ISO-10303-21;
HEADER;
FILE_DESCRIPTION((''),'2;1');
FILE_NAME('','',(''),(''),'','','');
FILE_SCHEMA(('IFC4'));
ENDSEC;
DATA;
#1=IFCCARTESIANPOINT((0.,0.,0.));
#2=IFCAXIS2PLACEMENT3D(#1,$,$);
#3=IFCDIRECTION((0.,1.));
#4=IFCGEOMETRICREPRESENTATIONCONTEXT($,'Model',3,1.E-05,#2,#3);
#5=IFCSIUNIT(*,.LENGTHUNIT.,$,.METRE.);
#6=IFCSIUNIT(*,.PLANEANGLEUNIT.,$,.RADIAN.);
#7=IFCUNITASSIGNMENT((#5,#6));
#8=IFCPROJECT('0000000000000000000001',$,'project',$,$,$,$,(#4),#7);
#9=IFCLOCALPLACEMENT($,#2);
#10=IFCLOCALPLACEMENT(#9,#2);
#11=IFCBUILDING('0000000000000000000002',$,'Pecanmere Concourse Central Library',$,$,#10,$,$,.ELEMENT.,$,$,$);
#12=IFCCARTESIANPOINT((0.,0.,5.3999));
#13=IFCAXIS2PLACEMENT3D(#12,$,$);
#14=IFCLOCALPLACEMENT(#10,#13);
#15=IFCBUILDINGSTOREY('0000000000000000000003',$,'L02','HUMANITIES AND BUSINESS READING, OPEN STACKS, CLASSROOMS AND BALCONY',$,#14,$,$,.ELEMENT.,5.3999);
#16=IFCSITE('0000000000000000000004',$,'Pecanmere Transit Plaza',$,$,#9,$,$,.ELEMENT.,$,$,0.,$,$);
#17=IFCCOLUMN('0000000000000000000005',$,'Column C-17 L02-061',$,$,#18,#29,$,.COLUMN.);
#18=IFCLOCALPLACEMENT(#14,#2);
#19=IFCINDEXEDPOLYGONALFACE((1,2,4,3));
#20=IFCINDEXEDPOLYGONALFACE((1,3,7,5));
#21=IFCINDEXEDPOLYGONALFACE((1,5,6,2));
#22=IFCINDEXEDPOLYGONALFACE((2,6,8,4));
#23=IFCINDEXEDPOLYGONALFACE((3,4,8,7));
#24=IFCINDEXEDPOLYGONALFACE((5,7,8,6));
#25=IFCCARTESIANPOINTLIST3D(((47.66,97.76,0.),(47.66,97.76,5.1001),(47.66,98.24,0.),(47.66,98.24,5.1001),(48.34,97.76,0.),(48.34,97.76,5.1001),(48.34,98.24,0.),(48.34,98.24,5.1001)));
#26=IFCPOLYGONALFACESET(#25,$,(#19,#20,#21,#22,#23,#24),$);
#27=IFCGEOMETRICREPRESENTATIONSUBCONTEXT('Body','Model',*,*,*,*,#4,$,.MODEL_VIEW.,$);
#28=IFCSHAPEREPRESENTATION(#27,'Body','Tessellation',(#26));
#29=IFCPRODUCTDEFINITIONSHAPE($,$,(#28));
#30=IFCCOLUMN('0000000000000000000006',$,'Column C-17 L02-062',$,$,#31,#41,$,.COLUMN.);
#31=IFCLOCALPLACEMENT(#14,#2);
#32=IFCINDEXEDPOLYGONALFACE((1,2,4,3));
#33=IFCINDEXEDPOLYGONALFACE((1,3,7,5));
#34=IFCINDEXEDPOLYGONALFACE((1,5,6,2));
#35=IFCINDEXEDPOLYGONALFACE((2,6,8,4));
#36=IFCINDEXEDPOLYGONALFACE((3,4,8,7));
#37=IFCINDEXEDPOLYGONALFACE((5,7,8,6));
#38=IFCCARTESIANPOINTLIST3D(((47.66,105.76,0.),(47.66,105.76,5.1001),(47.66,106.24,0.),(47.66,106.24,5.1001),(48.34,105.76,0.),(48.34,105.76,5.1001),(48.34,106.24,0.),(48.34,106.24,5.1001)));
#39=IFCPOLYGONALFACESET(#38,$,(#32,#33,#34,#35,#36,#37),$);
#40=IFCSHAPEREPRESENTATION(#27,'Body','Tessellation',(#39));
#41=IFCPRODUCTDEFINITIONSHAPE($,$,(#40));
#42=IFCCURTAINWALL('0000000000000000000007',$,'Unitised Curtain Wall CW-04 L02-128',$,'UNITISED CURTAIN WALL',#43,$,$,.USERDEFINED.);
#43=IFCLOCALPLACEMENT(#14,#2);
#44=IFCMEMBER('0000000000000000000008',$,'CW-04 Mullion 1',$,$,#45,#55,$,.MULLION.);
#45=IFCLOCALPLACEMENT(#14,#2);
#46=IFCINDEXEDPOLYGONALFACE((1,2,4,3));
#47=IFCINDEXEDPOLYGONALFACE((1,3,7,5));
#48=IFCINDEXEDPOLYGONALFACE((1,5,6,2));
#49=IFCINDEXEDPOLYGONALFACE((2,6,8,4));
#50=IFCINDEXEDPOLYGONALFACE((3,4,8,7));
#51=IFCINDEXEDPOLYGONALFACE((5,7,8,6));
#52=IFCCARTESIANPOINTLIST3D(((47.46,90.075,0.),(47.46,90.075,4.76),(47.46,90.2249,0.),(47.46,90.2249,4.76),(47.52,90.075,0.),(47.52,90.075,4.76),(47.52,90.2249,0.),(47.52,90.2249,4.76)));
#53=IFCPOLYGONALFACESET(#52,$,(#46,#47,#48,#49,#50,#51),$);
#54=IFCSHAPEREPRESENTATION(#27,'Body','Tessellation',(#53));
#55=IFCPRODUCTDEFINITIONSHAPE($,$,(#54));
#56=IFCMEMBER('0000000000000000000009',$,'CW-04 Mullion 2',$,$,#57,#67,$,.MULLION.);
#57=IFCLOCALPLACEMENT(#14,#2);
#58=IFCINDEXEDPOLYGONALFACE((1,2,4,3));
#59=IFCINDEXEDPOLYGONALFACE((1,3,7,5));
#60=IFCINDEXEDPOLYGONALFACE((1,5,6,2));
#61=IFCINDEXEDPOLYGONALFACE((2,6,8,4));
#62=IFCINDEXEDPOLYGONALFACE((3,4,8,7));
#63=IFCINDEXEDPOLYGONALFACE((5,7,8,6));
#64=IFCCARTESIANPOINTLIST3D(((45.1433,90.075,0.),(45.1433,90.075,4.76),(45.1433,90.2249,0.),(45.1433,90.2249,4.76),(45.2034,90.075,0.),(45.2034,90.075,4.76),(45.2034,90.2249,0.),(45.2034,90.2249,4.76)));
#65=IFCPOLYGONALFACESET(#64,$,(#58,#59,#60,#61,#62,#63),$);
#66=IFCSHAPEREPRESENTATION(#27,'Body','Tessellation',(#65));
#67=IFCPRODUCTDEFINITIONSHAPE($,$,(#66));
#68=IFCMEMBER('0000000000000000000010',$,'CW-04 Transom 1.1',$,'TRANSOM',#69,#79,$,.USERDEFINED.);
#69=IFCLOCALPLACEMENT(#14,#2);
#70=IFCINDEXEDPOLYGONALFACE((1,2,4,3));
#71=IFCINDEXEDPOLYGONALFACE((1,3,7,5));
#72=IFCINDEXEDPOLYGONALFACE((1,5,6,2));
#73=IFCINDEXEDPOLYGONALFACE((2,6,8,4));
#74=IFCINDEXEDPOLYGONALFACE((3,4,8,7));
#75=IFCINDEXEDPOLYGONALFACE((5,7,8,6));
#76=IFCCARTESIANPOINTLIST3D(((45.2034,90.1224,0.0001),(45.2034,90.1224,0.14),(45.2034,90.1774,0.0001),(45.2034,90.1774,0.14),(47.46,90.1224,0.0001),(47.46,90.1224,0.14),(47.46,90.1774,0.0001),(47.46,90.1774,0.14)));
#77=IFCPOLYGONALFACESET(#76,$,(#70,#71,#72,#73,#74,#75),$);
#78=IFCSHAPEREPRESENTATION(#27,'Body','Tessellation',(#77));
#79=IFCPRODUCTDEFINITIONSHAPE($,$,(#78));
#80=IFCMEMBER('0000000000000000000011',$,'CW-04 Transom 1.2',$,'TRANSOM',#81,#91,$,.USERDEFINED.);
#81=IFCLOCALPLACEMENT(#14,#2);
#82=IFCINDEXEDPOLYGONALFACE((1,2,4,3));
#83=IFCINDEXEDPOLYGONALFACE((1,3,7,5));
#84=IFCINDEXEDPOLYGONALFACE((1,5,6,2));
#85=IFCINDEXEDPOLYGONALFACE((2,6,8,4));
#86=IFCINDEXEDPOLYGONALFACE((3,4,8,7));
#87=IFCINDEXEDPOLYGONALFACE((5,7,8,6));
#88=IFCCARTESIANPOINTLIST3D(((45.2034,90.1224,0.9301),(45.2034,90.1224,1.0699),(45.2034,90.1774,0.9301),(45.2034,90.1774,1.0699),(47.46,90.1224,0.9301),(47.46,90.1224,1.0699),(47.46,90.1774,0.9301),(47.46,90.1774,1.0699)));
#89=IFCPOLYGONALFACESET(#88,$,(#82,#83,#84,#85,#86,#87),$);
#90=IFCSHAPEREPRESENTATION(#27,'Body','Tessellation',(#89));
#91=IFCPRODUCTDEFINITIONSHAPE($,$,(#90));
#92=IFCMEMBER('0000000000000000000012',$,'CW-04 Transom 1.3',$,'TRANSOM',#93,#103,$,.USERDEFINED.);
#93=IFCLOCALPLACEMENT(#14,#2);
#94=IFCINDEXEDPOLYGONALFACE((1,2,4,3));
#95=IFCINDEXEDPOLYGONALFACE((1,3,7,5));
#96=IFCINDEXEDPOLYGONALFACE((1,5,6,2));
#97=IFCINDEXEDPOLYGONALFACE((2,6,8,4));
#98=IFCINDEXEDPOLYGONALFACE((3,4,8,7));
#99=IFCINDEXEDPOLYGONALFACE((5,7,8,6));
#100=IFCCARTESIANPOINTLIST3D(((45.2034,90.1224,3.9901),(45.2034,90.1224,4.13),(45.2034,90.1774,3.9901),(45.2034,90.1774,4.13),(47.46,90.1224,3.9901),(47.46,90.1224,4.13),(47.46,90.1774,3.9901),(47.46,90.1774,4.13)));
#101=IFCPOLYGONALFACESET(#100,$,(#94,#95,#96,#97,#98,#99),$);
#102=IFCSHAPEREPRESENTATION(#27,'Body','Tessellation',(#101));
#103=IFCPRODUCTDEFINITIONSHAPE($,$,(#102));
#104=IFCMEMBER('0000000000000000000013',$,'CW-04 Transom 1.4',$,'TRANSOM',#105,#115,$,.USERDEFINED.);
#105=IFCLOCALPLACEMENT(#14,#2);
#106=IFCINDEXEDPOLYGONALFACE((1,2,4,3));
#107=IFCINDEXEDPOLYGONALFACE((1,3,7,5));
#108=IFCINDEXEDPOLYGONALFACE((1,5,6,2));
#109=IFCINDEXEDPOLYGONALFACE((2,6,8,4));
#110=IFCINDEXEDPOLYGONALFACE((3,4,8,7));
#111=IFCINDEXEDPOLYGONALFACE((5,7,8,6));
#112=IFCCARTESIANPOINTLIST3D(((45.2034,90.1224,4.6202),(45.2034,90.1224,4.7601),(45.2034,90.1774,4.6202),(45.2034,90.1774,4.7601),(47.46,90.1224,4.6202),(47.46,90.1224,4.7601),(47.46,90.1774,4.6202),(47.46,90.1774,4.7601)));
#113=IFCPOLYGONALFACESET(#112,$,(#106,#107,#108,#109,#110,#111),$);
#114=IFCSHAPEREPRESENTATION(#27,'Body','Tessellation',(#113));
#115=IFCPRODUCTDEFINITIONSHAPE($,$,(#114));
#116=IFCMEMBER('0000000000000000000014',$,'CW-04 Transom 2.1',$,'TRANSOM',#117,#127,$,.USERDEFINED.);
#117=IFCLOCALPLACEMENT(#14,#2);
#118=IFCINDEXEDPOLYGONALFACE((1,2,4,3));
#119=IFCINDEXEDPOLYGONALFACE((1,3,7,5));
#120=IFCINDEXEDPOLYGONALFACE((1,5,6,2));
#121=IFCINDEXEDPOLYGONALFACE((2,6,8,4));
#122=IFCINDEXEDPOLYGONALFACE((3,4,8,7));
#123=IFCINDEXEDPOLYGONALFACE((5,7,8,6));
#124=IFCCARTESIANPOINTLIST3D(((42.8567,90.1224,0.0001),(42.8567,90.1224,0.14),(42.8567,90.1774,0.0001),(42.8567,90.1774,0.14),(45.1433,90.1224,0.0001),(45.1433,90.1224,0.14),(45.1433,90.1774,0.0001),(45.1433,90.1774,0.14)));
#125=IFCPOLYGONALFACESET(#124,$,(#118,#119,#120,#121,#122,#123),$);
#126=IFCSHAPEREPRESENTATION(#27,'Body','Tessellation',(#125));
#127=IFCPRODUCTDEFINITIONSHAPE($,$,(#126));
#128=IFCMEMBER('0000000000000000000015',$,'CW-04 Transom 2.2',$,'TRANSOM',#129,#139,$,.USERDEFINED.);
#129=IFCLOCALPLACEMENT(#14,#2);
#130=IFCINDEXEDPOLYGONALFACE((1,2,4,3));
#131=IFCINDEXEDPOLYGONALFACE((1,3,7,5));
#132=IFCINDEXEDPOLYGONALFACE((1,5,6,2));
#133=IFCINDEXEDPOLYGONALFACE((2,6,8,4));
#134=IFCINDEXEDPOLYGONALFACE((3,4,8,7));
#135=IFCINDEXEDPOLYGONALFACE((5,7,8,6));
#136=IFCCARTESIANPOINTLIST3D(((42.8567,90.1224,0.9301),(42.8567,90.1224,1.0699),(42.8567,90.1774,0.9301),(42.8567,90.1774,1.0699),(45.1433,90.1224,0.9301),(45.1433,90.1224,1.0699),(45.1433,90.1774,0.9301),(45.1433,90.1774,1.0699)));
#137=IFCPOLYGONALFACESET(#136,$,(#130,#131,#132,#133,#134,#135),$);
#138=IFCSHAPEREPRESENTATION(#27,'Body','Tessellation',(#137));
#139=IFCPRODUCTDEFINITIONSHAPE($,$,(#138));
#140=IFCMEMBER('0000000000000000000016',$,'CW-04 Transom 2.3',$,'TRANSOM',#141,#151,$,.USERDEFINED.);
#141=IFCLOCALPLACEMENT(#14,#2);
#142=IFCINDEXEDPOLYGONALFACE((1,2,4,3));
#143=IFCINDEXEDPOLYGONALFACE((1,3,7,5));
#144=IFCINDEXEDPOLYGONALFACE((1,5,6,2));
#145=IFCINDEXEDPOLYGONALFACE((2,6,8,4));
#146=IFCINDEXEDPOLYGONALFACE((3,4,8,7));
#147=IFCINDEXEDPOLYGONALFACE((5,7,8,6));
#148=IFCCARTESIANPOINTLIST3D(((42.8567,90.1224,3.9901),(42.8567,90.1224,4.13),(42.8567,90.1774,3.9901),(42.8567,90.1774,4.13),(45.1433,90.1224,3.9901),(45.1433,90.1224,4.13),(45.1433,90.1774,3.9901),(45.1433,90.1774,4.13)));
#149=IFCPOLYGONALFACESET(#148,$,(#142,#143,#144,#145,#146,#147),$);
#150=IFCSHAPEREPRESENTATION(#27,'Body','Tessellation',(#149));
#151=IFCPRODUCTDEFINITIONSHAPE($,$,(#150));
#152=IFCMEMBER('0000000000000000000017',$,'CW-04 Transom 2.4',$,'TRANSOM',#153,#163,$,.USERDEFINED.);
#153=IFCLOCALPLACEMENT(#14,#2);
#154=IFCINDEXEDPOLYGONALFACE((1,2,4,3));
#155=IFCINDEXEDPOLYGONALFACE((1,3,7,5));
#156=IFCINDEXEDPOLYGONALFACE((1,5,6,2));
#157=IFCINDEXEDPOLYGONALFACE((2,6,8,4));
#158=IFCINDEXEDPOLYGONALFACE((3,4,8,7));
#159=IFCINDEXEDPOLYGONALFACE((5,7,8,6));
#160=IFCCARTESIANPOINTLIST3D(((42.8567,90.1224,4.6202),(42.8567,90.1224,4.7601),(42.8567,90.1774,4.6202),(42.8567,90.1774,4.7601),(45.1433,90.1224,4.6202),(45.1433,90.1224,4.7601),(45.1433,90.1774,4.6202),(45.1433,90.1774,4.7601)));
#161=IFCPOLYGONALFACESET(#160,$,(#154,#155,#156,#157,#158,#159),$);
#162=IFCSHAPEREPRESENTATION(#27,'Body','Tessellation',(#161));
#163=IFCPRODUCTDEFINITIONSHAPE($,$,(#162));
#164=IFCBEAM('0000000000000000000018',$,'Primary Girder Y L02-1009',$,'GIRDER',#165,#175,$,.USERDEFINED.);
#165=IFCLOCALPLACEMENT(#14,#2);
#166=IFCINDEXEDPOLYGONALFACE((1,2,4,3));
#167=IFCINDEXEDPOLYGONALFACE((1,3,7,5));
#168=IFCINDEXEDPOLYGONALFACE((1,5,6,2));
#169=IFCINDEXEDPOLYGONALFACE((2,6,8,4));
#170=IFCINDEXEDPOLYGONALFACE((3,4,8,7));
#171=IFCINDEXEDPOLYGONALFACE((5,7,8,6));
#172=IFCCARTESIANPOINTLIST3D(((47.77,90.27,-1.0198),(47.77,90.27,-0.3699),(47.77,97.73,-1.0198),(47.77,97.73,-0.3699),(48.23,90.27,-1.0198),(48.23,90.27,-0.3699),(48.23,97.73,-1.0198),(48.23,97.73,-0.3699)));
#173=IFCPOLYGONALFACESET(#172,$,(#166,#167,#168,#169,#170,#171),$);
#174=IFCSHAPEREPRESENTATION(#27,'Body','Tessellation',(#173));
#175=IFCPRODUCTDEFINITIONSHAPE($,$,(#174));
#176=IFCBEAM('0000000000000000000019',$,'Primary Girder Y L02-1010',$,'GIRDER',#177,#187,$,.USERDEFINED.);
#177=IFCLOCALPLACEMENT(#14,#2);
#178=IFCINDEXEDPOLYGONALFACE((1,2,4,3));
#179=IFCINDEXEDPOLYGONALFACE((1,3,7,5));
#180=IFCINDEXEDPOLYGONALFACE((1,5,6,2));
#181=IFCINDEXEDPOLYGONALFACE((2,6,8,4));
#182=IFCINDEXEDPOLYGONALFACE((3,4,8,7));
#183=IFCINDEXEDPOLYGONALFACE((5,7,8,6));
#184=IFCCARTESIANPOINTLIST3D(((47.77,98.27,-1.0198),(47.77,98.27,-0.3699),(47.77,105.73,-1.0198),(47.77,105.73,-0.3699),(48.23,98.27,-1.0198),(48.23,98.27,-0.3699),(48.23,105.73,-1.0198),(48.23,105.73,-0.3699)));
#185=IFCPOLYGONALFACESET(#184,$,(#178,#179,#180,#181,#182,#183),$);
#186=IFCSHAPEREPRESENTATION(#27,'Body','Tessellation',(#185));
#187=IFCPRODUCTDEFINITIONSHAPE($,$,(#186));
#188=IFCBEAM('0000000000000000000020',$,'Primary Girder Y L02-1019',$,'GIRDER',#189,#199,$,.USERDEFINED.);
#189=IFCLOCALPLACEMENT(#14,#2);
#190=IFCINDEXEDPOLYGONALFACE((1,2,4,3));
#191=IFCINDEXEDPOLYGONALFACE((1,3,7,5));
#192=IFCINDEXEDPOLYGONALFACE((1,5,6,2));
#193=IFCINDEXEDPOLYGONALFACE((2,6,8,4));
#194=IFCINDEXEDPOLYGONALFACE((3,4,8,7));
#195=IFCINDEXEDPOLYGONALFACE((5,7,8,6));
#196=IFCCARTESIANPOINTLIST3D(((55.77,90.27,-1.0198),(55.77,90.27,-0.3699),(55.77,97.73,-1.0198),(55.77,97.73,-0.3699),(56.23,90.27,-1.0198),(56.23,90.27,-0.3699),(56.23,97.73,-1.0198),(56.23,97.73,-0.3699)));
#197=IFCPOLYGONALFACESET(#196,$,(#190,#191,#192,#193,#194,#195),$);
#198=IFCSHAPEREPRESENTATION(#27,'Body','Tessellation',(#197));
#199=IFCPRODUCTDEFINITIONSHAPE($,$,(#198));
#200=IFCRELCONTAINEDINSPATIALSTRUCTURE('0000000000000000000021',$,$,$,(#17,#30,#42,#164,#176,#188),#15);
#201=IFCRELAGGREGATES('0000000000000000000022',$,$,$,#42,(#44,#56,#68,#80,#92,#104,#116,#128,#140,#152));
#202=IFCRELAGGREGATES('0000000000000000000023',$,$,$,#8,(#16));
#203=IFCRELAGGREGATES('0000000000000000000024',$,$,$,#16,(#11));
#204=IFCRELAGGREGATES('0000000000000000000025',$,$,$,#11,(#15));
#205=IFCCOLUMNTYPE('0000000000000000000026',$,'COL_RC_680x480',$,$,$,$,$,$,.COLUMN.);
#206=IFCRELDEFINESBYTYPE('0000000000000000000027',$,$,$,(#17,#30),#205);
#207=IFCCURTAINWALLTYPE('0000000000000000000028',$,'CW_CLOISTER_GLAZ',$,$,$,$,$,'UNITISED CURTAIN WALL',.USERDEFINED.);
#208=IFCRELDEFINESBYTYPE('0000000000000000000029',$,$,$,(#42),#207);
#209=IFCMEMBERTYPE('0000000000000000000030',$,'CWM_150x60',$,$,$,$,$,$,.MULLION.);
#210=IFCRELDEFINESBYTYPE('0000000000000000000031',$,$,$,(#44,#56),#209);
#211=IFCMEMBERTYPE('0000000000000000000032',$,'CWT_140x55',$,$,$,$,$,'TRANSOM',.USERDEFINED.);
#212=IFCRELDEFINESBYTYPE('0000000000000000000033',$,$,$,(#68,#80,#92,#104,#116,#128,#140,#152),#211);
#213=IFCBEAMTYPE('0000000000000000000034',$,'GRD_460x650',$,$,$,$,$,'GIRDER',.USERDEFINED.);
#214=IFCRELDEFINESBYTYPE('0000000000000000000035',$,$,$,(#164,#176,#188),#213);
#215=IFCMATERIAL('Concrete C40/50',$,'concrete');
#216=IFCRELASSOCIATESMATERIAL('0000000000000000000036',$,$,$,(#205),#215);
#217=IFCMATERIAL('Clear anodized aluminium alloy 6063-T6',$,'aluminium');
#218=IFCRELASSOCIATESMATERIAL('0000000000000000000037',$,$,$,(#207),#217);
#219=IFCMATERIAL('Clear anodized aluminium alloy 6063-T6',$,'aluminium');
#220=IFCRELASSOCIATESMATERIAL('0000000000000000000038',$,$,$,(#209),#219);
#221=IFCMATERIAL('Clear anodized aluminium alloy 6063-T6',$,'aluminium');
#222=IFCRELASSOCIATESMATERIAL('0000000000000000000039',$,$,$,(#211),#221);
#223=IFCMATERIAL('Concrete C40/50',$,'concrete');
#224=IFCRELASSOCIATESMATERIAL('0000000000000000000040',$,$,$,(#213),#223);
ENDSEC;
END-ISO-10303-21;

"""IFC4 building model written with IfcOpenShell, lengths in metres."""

from ifc_helpers import new_model, si_unit, direction, frame, origin, origin_2d, place, context, subcontext, project, spatial, rectangle, extrude, material, material_profile, profile_set, type_object, element, aggregate, save


model = new_model("IFC4")

# Units and contexts
model_context = context("Model", 3, precision=1e-05, world=origin(), true_north=direction((0.0, 1.0)))
body_context = subcontext(model_context, "Body", "Model", "MODEL_VIEW")
ifc_project = project(units=[si_unit("LENGTHUNIT", "METRE"), si_unit("PLANEANGLEUNIT", "RADIAN")], contexts=[model_context])

# Site, building, storey
site_placement = place(None, origin())
site = spatial("IfcSite", under=ifc_project, at=site_placement, Name="Pecanmere Transit Plaza", CompositionType="ELEMENT", RefElevation=0.0)
building_placement = place(site_placement, origin())
building = spatial("IfcBuilding", under=site, at=building_placement, Name="Pecanmere Concourse Central Library", CompositionType="ELEMENT")
storey_placement = place(building_placement, frame((0.0, 0.0, 5.3999)))
storey = spatial("IfcBuildingStorey", under=building, at=storey_placement, Name="L02", Description="HUMANITIES AND BUSINESS READING, OPEN STACKS, CLASSROOMS AND BALCONY", CompositionType="ELEMENT", Elevation=5.3999)

# Columns
ifc_material_1 = material(Name="Concrete C40/50", Category="concrete")
ifc_material_profile_1 = material_profile(ifc_material_1, rectangle(XDim=0.6799, YDim=0.48, at=origin_2d()), Name="RC 680x480")
ifc_profile_set_1 = profile_set([ifc_material_profile_1], Name="Concrete C40/50")
column_type = type_object("IfcColumnType", Name="COL_RC_680x480", PredefinedType="COLUMN", material=ifc_profile_set_1)
for number, where, z_axis, x_axis, name in (
    (1, (48.0, 98.0, 0.0), (0.0, 0.0, 1.0), (1.0, 0.0, 0.0), "Column C-17 L02-061"),
    (2, (48.0, 106.0, 0.0), (0.0, 0.0, 1.0), (1.0, 0.0, 0.0), "Column C-17 L02-062"),
):
    element("IfcColumn", number, at=place(storey_placement, frame(where, z_axis=z_axis, x_axis=x_axis)), inside=storey, type_object=column_type, Name=name, PredefinedType="COLUMN", context=body_context, shape_type="SweptSolid", body=[
        extrude(rectangle(XDim=0.6799, YDim=0.48, at=origin_2d()), origin(), (0.0, 0.0, 1.0), 5.1001),
    ])

# Curtain wall, members
ifc_material_2 = material(Name="Clear anodized aluminium alloy 6063-T6", Category="aluminium")
curtain_wall_type = type_object("IfcCurtainWallType", Name="CW_CLOISTER_GLAZ", ElementType="UNITISED CURTAIN WALL", PredefinedType="USERDEFINED", material=ifc_material_2)
curtain_wall_placement = place(storey_placement, origin())
curtain_wall = element("IfcCurtainWall", 3, at=curtain_wall_placement, inside=storey, type_object=curtain_wall_type, Name="Unitised Curtain Wall CW-04 L02-128", ObjectType="UNITISED CURTAIN WALL", PredefinedType="USERDEFINED")
ifc_material_3 = material(Name="Clear anodized aluminium alloy 6063-T6", Category="aluminium")
ifc_material_profile_2 = material_profile(ifc_material_3, rectangle(XDim=0.0601, YDim=0.1499, at=origin_2d()), Name="AL 60x150")
ifc_profile_set_2 = profile_set([ifc_material_profile_2], Name="Clear anodized aluminium alloy 6063-T6")
member_type_1 = type_object("IfcMemberType", Name="CWM_150x60", PredefinedType="MULLION", material=ifc_profile_set_2)
member_1_placement = place(storey_placement, frame((47.49, 90.1499, 0.0), z_axis=(0.0, 0.0, 1.0), x_axis=(-1.0, 0.0, 0.0)))
member_1 = element("IfcMember", 4, at=member_1_placement, type_object=member_type_1, Name="CW-04 Mullion 1", PredefinedType="MULLION", context=body_context, shape_type="SweptSolid", body=[
    extrude(rectangle(XDim=0.0601, YDim=0.1499, at=origin_2d()), origin(), (0.0, 0.0, 1.0), 4.76),
])
member_2_placement = place(storey_placement, frame((45.1733, 90.1499, 0.0), z_axis=(0.0, 0.0, 1.0), x_axis=(-1.0, 0.0, 0.0)))
member_2 = element("IfcMember", 5, at=member_2_placement, type_object=member_type_1, Name="CW-04 Mullion 2", PredefinedType="MULLION", context=body_context, shape_type="SweptSolid", body=[
    extrude(rectangle(XDim=0.0601, YDim=0.1499, at=origin_2d()), origin(), (0.0, 0.0, 1.0), 4.76),
])
ifc_material_4 = material(Name="Clear anodized aluminium alloy 6063-T6", Category="aluminium")
ifc_material_profile_3 = material_profile(ifc_material_4, rectangle(XDim=0.0549, YDim=0.1399, at=origin_2d()), Name="AL 55x140")
ifc_profile_set_3 = profile_set([ifc_material_profile_3], Name="Clear anodized aluminium alloy 6063-T6")
member_type_2 = type_object("IfcMemberType", Name="CWT_140x55", ElementType="TRANSOM", PredefinedType="USERDEFINED", material=ifc_profile_set_3)
member_3_placement = place(storey_placement, frame((47.46, 90.1499, 0.0701), z_axis=(-1.0, 0.0, 0.0), x_axis=(0.0, -1.0, 0.0)))
member_3 = element("IfcMember", 6, at=member_3_placement, type_object=member_type_2, Name="CW-04 Transom 1.1", ObjectType="TRANSOM", PredefinedType="USERDEFINED", context=body_context, shape_type="SweptSolid", body=[
    extrude(rectangle(XDim=0.0549, YDim=0.1399, at=origin_2d()), origin(), (0.0, 0.0, 1.0), 2.2566),
])
member_4_placement = place(storey_placement, frame((47.46, 90.1499, 1.0), z_axis=(-1.0, 0.0, 0.0), x_axis=(0.0, -1.0, 0.0)))
member_4 = element("IfcMember", 7, at=member_4_placement, type_object=member_type_2, Name="CW-04 Transom 1.2", ObjectType="TRANSOM", PredefinedType="USERDEFINED", context=body_context, shape_type="SweptSolid", body=[
    extrude(rectangle(XDim=0.0549, YDim=0.1399, at=origin_2d()), origin(), (0.0, 0.0, 1.0), 2.2566),
])
member_5_placement = place(storey_placement, frame((47.46, 90.1499, 4.0601), z_axis=(-1.0, 0.0, 0.0), x_axis=(0.0, -1.0, 0.0)))
member_5 = element("IfcMember", 8, at=member_5_placement, type_object=member_type_2, Name="CW-04 Transom 1.3", ObjectType="TRANSOM", PredefinedType="USERDEFINED", context=body_context, shape_type="SweptSolid", body=[
    extrude(rectangle(XDim=0.0549, YDim=0.1399, at=origin_2d()), origin(), (0.0, 0.0, 1.0), 2.2566),
])
member_6_placement = place(storey_placement, frame((47.46, 90.1499, 4.6902), z_axis=(-1.0, 0.0, 0.0), x_axis=(0.0, -1.0, 0.0)))
member_6 = element("IfcMember", 9, at=member_6_placement, type_object=member_type_2, Name="CW-04 Transom 1.4", ObjectType="TRANSOM", PredefinedType="USERDEFINED", context=body_context, shape_type="SweptSolid", body=[
    extrude(rectangle(XDim=0.0549, YDim=0.1399, at=origin_2d()), origin(), (0.0, 0.0, 1.0), 2.2566),
])
member_7_placement = place(storey_placement, frame((45.1433, 90.1499, 0.0701), z_axis=(-1.0, 0.0, 0.0), x_axis=(0.0, -1.0, 0.0)))
member_7 = element("IfcMember", 10, at=member_7_placement, type_object=member_type_2, Name="CW-04 Transom 2.1", ObjectType="TRANSOM", PredefinedType="USERDEFINED", context=body_context, shape_type="SweptSolid", body=[
    extrude(rectangle(XDim=0.0549, YDim=0.1399, at=origin_2d()), origin(), (0.0, 0.0, 1.0), 2.2866),
])
member_8_placement = place(storey_placement, frame((45.1433, 90.1499, 1.0), z_axis=(-1.0, 0.0, 0.0), x_axis=(0.0, -1.0, 0.0)))
member_8 = element("IfcMember", 11, at=member_8_placement, type_object=member_type_2, Name="CW-04 Transom 2.2", ObjectType="TRANSOM", PredefinedType="USERDEFINED", context=body_context, shape_type="SweptSolid", body=[
    extrude(rectangle(XDim=0.0549, YDim=0.1399, at=origin_2d()), origin(), (0.0, 0.0, 1.0), 2.2866),
])
member_9_placement = place(storey_placement, frame((45.1433, 90.1499, 4.0601), z_axis=(-1.0, 0.0, 0.0), x_axis=(0.0, -1.0, 0.0)))
member_9 = element("IfcMember", 12, at=member_9_placement, type_object=member_type_2, Name="CW-04 Transom 2.3", ObjectType="TRANSOM", PredefinedType="USERDEFINED", context=body_context, shape_type="SweptSolid", body=[
    extrude(rectangle(XDim=0.0549, YDim=0.1399, at=origin_2d()), origin(), (0.0, 0.0, 1.0), 2.2866),
])
member_10_placement = place(storey_placement, frame((45.1433, 90.1499, 4.6902), z_axis=(-1.0, 0.0, 0.0), x_axis=(0.0, -1.0, 0.0)))
member_10 = element("IfcMember", 13, at=member_10_placement, type_object=member_type_2, Name="CW-04 Transom 2.4", ObjectType="TRANSOM", PredefinedType="USERDEFINED", context=body_context, shape_type="SweptSolid", body=[
    extrude(rectangle(XDim=0.0549, YDim=0.1399, at=origin_2d()), origin(), (0.0, 0.0, 1.0), 2.2866),
])

# Beams
ifc_material_5 = material(Name="Concrete C40/50", Category="concrete")
ifc_material_profile_4 = material_profile(ifc_material_5, rectangle(XDim=0.46, YDim=0.6499, at=origin_2d()), Name="RC 460x650")
ifc_profile_set_4 = profile_set([ifc_material_profile_4], Name="Concrete C40/50")
beam_type_1 = type_object("IfcBeamType", Name="GRD_460x650", ElementType="GIRDER", PredefinedType="USERDEFINED", material=ifc_profile_set_4)
for number, where, z_axis, x_axis, name in (
    (14, (48.0, 90.27, -0.6948), (0.0, 1.0, 0.0), (-1.0, 0.0, 0.0), "Primary Girder Y L02-1009"),
    (15, (48.0, 98.27, -0.6948), (0.0, 1.0, 0.0), (-1.0, 0.0, 0.0), "Primary Girder Y L02-1010"),
    (16, (56.0, 90.27, -0.6948), (0.0, 1.0, 0.0), (-1.0, 0.0, 0.0), "Primary Girder Y L02-1019"),
):
    element("IfcBeam", number, at=place(storey_placement, frame(where, z_axis=z_axis, x_axis=x_axis)), inside=storey, type_object=beam_type_1, Name=name, ObjectType="GIRDER", PredefinedType="USERDEFINED", context=body_context, shape_type="SweptSolid", body=[
        extrude(rectangle(XDim=0.46, YDim=0.6499, at=origin_2d()), origin(), (0.0, 0.0, 1.0), 7.46),
    ])

aggregate(curtain_wall, [member_1, member_2, member_3, member_4, member_5, member_6, member_7, member_8, member_9, member_10])

save(model, "model.ifc")
